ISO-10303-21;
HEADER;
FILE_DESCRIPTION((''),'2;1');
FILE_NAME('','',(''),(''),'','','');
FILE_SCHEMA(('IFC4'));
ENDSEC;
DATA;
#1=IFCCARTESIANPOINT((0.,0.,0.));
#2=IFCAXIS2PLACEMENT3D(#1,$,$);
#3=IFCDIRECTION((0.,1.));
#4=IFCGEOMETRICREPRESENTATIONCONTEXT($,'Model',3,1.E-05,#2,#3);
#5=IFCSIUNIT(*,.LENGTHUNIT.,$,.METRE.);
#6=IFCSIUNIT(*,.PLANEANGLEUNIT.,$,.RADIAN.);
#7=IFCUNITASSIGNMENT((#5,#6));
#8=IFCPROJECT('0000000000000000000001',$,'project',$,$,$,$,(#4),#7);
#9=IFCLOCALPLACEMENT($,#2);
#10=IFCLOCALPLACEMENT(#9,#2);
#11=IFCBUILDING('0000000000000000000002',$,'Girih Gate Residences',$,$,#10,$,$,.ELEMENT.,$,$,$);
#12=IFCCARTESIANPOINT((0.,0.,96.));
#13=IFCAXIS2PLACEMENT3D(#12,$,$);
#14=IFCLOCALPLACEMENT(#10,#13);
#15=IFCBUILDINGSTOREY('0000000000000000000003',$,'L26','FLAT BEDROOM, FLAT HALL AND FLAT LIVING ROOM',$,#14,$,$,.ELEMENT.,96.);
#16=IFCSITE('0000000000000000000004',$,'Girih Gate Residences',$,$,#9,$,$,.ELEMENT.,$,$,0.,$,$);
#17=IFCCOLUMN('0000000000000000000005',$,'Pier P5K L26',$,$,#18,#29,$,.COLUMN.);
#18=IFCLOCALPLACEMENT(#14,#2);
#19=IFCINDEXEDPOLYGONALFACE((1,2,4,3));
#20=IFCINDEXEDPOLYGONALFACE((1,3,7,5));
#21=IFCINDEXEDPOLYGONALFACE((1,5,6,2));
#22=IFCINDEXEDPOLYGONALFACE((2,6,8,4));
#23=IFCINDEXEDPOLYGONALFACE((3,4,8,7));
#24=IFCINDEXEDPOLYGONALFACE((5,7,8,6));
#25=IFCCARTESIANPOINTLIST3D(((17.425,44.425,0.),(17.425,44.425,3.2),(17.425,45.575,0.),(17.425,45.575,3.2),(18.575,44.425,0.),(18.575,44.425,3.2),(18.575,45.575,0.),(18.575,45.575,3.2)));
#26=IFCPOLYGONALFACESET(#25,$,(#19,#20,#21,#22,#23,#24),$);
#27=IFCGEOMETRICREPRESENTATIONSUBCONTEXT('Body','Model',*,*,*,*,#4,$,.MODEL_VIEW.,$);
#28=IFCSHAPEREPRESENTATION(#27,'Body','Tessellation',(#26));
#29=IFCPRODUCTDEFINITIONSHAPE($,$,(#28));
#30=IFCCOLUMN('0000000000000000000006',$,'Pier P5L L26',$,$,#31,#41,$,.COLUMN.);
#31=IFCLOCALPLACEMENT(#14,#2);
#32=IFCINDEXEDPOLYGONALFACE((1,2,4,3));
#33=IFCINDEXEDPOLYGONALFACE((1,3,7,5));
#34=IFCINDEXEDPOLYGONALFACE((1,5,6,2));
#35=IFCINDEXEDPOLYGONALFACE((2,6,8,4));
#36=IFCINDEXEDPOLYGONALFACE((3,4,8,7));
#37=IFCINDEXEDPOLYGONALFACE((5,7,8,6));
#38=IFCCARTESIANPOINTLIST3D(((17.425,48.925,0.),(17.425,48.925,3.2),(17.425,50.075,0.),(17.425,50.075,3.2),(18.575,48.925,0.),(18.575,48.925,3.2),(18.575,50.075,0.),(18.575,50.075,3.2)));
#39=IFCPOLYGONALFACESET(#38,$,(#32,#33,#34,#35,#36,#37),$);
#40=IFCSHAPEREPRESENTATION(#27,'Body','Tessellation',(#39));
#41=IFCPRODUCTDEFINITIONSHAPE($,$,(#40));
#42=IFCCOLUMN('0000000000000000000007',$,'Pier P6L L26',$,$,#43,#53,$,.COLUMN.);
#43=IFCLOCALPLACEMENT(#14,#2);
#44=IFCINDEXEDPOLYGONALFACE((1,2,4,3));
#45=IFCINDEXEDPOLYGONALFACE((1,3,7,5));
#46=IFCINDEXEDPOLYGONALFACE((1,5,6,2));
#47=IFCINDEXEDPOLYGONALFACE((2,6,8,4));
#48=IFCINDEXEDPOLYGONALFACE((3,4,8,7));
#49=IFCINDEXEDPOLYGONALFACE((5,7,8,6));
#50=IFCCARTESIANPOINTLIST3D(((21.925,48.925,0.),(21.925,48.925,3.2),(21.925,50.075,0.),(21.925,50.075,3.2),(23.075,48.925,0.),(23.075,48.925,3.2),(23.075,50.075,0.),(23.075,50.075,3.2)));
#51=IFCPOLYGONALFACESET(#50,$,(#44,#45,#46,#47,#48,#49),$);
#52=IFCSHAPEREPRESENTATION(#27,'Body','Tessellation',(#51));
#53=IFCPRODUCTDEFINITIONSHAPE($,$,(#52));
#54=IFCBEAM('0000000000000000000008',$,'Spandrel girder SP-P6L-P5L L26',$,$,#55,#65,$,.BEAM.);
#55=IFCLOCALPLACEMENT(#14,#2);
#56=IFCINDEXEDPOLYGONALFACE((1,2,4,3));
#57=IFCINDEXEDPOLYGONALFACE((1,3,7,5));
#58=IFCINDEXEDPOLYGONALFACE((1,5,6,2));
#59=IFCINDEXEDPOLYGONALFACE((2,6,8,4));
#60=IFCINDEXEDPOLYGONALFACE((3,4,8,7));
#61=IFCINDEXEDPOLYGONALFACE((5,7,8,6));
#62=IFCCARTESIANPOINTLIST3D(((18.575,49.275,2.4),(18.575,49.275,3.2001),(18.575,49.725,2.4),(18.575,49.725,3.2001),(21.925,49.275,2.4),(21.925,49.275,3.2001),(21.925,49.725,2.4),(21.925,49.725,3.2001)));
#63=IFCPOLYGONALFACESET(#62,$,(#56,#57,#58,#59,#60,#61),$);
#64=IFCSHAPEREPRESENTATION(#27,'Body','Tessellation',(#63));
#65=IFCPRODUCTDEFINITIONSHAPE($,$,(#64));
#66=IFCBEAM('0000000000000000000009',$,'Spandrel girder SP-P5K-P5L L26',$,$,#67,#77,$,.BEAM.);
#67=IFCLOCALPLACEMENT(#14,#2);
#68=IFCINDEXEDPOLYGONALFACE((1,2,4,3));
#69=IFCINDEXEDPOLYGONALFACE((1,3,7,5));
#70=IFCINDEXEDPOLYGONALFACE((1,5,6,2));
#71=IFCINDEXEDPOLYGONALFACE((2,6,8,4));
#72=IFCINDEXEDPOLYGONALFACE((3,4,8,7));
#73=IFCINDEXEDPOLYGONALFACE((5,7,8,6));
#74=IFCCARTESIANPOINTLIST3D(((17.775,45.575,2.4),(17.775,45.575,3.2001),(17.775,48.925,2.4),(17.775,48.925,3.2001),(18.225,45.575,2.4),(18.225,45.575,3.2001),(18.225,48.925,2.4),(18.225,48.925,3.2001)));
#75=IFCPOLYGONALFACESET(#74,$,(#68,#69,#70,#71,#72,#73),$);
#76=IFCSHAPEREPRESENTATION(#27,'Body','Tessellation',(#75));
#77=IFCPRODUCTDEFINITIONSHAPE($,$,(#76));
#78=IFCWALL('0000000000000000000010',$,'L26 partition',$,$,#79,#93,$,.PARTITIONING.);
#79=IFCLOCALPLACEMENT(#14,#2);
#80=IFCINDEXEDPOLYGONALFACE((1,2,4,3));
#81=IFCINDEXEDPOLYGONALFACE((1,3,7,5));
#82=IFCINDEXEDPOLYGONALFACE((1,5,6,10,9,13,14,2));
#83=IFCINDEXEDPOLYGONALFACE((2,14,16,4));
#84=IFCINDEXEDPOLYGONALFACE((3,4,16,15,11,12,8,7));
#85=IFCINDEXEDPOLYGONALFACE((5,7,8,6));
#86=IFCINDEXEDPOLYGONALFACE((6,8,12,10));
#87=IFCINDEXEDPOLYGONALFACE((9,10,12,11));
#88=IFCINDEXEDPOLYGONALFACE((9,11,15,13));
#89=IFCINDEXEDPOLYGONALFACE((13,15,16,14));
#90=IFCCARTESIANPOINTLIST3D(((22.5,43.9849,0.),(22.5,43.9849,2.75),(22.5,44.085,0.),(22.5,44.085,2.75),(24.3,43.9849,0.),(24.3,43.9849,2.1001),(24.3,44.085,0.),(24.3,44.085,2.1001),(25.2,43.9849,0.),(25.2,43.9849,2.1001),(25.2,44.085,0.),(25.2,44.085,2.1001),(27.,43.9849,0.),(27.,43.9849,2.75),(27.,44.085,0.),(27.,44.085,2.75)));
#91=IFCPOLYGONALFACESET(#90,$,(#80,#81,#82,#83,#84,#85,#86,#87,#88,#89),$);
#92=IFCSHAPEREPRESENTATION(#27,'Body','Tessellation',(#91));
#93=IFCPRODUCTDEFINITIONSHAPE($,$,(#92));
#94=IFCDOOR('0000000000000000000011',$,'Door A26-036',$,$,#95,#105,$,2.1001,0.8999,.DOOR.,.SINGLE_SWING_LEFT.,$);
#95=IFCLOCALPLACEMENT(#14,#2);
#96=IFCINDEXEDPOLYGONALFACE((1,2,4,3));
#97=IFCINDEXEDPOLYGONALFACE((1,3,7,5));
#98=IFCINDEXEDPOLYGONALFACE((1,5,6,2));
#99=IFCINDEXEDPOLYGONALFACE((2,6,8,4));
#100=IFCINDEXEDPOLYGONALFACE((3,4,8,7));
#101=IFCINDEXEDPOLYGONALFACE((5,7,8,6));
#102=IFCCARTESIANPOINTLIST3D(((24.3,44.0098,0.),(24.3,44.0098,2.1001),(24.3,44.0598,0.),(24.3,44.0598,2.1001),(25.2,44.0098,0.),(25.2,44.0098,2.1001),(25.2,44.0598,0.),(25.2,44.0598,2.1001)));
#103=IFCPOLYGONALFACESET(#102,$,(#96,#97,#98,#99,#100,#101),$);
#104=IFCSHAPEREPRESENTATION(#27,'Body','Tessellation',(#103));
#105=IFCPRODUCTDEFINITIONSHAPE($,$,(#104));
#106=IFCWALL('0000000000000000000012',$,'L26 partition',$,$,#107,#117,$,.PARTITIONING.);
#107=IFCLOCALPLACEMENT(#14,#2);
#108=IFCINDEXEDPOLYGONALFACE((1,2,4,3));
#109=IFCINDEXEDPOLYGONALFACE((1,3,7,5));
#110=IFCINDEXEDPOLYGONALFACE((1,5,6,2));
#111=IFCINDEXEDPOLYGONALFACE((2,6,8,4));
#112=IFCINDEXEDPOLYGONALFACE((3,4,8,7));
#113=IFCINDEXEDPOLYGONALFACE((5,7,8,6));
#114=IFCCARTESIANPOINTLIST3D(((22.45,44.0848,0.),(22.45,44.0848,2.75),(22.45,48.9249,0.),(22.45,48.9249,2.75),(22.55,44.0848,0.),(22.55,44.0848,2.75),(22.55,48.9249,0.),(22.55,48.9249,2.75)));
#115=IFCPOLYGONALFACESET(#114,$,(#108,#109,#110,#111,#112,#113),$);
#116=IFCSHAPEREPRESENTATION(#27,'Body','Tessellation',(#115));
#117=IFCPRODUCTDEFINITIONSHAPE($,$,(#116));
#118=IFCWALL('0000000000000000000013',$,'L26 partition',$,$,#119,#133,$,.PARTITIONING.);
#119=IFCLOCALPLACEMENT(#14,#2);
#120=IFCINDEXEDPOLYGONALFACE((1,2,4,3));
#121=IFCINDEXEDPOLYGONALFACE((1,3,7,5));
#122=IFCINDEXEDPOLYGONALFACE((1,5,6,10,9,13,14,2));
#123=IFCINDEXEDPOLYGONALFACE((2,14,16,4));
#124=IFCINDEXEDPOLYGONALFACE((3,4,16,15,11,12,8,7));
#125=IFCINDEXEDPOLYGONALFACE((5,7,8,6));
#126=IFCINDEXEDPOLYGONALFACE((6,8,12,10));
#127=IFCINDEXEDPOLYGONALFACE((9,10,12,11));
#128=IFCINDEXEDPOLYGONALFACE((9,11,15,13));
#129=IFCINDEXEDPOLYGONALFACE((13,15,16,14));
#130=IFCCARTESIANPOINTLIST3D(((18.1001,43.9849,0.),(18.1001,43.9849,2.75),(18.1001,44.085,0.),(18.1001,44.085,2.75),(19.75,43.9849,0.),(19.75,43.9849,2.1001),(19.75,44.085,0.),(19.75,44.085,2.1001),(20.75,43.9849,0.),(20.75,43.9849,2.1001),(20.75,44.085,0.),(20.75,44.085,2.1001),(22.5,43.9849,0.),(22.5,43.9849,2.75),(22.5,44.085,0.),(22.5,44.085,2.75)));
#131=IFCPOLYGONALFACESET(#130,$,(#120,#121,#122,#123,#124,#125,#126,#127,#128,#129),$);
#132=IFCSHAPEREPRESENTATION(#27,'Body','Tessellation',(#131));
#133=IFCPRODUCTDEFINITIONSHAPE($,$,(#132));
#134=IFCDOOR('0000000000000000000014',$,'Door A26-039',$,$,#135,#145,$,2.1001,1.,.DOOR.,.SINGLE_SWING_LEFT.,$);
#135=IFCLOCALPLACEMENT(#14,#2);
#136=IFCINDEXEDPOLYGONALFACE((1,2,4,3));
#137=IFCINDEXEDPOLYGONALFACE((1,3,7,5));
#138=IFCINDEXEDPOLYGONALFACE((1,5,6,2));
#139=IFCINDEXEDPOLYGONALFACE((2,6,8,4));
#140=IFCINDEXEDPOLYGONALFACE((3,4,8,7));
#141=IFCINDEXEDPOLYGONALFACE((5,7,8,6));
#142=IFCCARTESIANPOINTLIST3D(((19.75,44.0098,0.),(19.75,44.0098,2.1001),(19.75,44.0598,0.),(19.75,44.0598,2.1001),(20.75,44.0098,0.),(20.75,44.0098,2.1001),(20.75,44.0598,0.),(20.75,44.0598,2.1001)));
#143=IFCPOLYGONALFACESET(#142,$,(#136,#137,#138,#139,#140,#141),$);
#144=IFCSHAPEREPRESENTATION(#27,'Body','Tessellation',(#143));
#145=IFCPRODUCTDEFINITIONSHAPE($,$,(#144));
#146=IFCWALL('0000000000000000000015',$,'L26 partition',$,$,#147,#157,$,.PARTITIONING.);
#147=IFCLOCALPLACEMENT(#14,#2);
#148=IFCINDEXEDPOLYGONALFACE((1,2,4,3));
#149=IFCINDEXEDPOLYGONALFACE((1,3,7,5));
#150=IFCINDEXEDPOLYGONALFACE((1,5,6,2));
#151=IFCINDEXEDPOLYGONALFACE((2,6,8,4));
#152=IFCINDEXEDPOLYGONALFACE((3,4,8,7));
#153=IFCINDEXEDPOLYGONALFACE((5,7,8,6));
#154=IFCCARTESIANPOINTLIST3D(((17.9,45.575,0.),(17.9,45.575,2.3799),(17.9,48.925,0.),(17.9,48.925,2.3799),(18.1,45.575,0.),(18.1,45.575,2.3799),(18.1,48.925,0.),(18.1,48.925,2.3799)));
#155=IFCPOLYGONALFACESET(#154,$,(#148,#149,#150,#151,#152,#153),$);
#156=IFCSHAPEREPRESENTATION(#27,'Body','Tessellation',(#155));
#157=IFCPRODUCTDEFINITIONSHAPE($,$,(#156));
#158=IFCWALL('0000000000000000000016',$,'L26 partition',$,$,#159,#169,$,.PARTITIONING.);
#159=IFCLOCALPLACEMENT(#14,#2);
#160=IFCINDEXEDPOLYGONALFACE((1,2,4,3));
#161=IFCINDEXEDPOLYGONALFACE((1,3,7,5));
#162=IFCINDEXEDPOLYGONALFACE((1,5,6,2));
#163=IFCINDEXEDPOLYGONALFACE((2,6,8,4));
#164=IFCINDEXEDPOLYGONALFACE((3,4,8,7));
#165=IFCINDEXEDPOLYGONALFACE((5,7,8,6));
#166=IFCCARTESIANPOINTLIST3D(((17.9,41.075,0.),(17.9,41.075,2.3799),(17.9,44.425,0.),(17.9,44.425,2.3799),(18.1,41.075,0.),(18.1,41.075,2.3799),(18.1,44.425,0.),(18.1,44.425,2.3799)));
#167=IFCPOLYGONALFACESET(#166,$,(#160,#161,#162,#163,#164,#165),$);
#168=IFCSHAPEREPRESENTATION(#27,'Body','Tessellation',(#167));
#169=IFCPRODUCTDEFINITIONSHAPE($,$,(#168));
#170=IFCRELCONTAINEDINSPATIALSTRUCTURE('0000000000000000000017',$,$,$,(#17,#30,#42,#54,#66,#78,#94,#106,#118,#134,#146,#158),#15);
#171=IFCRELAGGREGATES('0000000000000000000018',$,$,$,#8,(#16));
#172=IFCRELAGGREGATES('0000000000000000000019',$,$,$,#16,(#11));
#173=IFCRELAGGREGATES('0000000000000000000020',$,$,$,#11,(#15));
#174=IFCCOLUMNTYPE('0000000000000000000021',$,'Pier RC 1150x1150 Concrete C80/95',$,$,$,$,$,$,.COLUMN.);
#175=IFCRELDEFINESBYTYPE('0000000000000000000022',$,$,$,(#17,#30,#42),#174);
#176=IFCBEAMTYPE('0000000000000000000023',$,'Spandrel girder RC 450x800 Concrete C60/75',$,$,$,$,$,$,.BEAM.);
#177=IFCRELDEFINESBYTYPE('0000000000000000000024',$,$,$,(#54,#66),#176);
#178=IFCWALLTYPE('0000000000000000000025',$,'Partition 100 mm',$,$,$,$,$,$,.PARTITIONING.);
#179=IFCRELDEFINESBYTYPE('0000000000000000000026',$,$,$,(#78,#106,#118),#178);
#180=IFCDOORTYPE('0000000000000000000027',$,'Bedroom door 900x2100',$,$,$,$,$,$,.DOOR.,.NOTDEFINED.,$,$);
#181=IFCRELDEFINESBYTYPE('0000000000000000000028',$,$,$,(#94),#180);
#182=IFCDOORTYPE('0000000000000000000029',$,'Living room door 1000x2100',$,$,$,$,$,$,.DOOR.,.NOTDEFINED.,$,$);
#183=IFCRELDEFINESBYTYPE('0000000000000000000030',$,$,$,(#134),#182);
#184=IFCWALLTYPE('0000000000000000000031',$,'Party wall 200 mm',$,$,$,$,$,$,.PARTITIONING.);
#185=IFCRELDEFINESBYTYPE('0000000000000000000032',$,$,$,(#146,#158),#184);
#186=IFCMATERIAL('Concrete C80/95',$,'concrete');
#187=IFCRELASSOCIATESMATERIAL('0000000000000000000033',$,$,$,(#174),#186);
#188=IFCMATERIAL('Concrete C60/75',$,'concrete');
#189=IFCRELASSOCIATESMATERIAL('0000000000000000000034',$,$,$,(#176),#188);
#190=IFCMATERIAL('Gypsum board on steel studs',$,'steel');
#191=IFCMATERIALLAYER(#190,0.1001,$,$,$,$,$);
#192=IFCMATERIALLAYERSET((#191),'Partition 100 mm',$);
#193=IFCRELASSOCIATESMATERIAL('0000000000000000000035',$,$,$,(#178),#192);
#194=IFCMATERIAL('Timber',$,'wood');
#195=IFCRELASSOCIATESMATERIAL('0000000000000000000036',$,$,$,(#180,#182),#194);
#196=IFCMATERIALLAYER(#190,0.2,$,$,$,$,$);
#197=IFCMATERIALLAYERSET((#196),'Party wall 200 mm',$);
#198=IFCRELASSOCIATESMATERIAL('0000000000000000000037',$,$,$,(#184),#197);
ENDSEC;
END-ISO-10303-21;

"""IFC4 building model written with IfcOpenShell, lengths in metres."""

from ifc_helpers import new_model, si_unit, direction, frame, frame_2d, origin, origin_2d, place, context, subcontext, project, spatial, rectangle, extrude, material, layer, layer_set, material_profile, profile_set, type_object, element, fill, save


model = new_model("IFC4")

# Units and contexts
model_context = context("Model", 3, precision=1e-05, world=origin(), true_north=direction((0.0, 1.0)))
body_context = subcontext(model_context, "Body", "Model", "MODEL_VIEW")
ifc_project = project(units=[si_unit("LENGTHUNIT", "METRE"), si_unit("PLANEANGLEUNIT", "RADIAN")], contexts=[model_context])

# Site, building, storey
site_placement = place(None, origin())
site = spatial("IfcSite", under=ifc_project, at=site_placement, Name="Girih Gate Residences", CompositionType="ELEMENT", RefElevation=0.0)
building_placement = place(site_placement, origin())
building = spatial("IfcBuilding", under=site, at=building_placement, Name="Girih Gate Residences", CompositionType="ELEMENT")
storey_placement = place(building_placement, frame((0.0, 0.0, 96.0)))
storey = spatial("IfcBuildingStorey", under=building, at=storey_placement, Name="L26", Description="FLAT BEDROOM, FLAT HALL AND FLAT LIVING ROOM", CompositionType="ELEMENT", Elevation=96.0)

# Columns
ifc_material_1 = material(Name="Concrete C80/95", Category="concrete")
ifc_material_profile_1 = material_profile(ifc_material_1, rectangle(XDim=1.1499, YDim=1.1499, at=origin_2d()))
ifc_profile_set_1 = profile_set([ifc_material_profile_1], Name="Concrete C80/95")
column_type = type_object("IfcColumnType", Name="Pier RC 1150x1150 Concrete C80/95", PredefinedType="COLUMN", material=ifc_profile_set_1)
for number, where, z_axis, x_axis, name in (
    (1, (18.0, 45.0, 0.0), (0.0, 0.0, 1.0), (1.0, 0.0, 0.0), "Pier P5K L26"),
    (2, (18.0, 49.5, 0.0), (0.0, 0.0, 1.0), (1.0, 0.0, 0.0), "Pier P5L L26"),
    (3, (22.5, 49.5, 0.0), (0.0, 0.0, 1.0), (1.0, 0.0, 0.0), "Pier P6L L26"),
):
    element("IfcColumn", number, at=place(storey_placement, frame(where, z_axis=z_axis, x_axis=x_axis)), inside=storey, type_object=column_type, Name=name, PredefinedType="COLUMN", context=body_context, shape_type="SweptSolid", body=[
        extrude(rectangle(XDim=1.1499, YDim=1.1499, at=origin_2d()), origin(), (0.0, 0.0, 1.0), 3.2),
    ])

# Beams
ifc_material_2 = material(Name="Concrete C60/75", Category="concrete")
ifc_material_profile_2 = material_profile(ifc_material_2, rectangle(XDim=0.45, YDim=0.8, at=origin_2d()))
ifc_profile_set_2 = profile_set([ifc_material_profile_2], Name="Concrete C60/75")
beam_type = type_object("IfcBeamType", Name="Spandrel girder RC 450x800 Concrete C60/75", PredefinedType="BEAM", material=ifc_profile_set_2)
for number, where, z_axis, x_axis, name in (
    (4, (21.925, 49.5, 2.8), (-1.0, 0.0, 0.0), (0.0, -1.0, 0.0), "Spandrel girder SP-P6L-P5L L26"),
    (5, (18.0, 45.575, 2.8), (0.0, 1.0, 0.0), (-1.0, 0.0, 0.0), "Spandrel girder SP-P5K-P5L L26"),
):
    element("IfcBeam", number, at=place(storey_placement, frame(where, z_axis=z_axis, x_axis=x_axis)), inside=storey, type_object=beam_type, Name=name, PredefinedType="BEAM", context=body_context, shape_type="SweptSolid", body=[
        extrude(rectangle(XDim=0.45, YDim=0.8, at=origin_2d()), origin(), (0.0, 0.0, 1.0), 3.3501),
    ])

# Wall, opening, door
ifc_material_3 = material(Name="Gypsum board on steel studs", Category="steel")
ifc_layer_1 = layer(ifc_material_3, 0.1001)
ifc_layer_set_1 = layer_set([ifc_layer_1], Name="Partition 100 mm")
wall_type_1 = type_object("IfcWallType", Name="Partition 100 mm", PredefinedType="PARTITIONING", material=ifc_layer_set_1)
wall_1_placement = place(storey_placement, frame((22.5, 44.0349, 0.0), z_axis=(0.0, 0.0, 1.0), x_axis=(1.0, 0.0, 0.0)))
wall_1 = element("IfcWall", 6, at=wall_1_placement, inside=storey, type_object=wall_type_1, Name="L26 partition", PredefinedType="PARTITIONING", context=body_context, shape_type="SweptSolid", body=[
    extrude(rectangle(XDim=4.5, YDim=0.1001, at=frame_2d((2.25, 0.0))), origin(), (0.0, 0.0, 1.0), 2.75),
])
opening_1_placement = place(wall_1_placement, frame((1.8, 0.0, 0.0)))
opening_1 = element("IfcOpeningElement", 7, at=opening_1_placement, cuts=wall_1, PredefinedType="OPENING", context=body_context, shape_type="SweptSolid", body=[
    extrude(rectangle(XDim=0.8999, YDim=2.1001, at=frame_2d((0.45, 1.05))), frame((0.0, 0.0601, 0.0), z_axis=(0.0, -1.0, 0.0), x_axis=(1.0, 0.0, 0.0)), (0.0, 0.0, 1.0), 0.1201),
])
ifc_material_4 = material(Name="Timber", Category="wood")
door_type_1 = type_object("IfcDoorType", Name="Bedroom door 900x2100", OperationType="NOTDEFINED", PredefinedType="DOOR", material=ifc_material_4)
door_1_placement = place(opening_1_placement, origin())
door_1 = element("IfcDoor", 8, at=door_1_placement, inside=storey, type_object=door_type_1, Name="Door A26-036", OperationType="SINGLE_SWING_LEFT", OverallHeight=2.1001, OverallWidth=0.8999, PredefinedType="DOOR", context=body_context, shape_type="SweptSolid", body=[
    extrude(rectangle(XDim=0.8999, YDim=2.1001, at=frame_2d((0.45, 1.05))), frame((0.0, 0.0249, 0.0), z_axis=(0.0, -1.0, 0.0), x_axis=(1.0, 0.0, 0.0)), (0.0, 0.0, 1.0), 0.05),
])
fill(opening_1, door_1)

# Wall
wall_2_placement = place(storey_placement, frame((22.5, 44.085, 0.0), z_axis=(0.0, 0.0, 1.0), x_axis=(0.0, 1.0, 0.0)))
element("IfcWall", 9, at=wall_2_placement, inside=storey, type_object=wall_type_1, Name="L26 partition", PredefinedType="PARTITIONING", context=body_context, shape_type="SweptSolid", body=[
    extrude(rectangle(XDim=4.8401, YDim=0.1001, at=frame_2d((2.4199, 0.0))), origin(), (0.0, 0.0, 1.0), 2.75),
])

# Wall, opening, door
wall_3_placement = place(storey_placement, frame((18.1001, 44.0349, 0.0), z_axis=(0.0, 0.0, 1.0), x_axis=(1.0, 0.0, 0.0)))
wall_3 = element("IfcWall", 10, at=wall_3_placement, inside=storey, type_object=wall_type_1, Name="L26 partition", PredefinedType="PARTITIONING", context=body_context, shape_type="SweptSolid", body=[
    extrude(rectangle(XDim=4.3999, YDim=0.1001, at=frame_2d((2.2, 0.0))), origin(), (0.0, 0.0, 1.0), 2.75),
])
opening_2_placement = place(wall_3_placement, frame((1.6499, 0.0, 0.0)))
opening_2 = element("IfcOpeningElement", 11, at=opening_2_placement, cuts=wall_3, PredefinedType="OPENING", context=body_context, shape_type="SweptSolid", body=[
    extrude(rectangle(XDim=1.0, YDim=2.1001, at=frame_2d((0.5, 1.05))), frame((0.0, 0.0601, 0.0), z_axis=(0.0, -1.0, 0.0), x_axis=(1.0, 0.0, 0.0)), (0.0, 0.0, 1.0), 0.1201),
])
door_type_2 = type_object("IfcDoorType", Name="Living room door 1000x2100", OperationType="NOTDEFINED", PredefinedType="DOOR", material=ifc_material_4)
door_2_placement = place(opening_2_placement, origin())
door_2 = element("IfcDoor", 12, at=door_2_placement, inside=storey, type_object=door_type_2, Name="Door A26-039", OperationType="SINGLE_SWING_LEFT", OverallHeight=2.1001, OverallWidth=1.0, PredefinedType="DOOR", context=body_context, shape_type="SweptSolid", body=[
    extrude(rectangle(XDim=1.0, YDim=2.1001, at=frame_2d((0.5, 1.05))), frame((0.0, 0.0249, 0.0), z_axis=(0.0, -1.0, 0.0), x_axis=(1.0, 0.0, 0.0)), (0.0, 0.0, 1.0), 0.05),
])
fill(opening_2, door_2)

# Walls
ifc_layer_2 = layer(ifc_material_3, 0.2)
ifc_layer_set_2 = layer_set([ifc_layer_2], Name="Party wall 200 mm")
wall_type_2 = type_object("IfcWallType", Name="Party wall 200 mm", PredefinedType="PARTITIONING", material=ifc_layer_set_2)
for number, where, z_axis, x_axis, name in (
    (13, (18.0, 45.575, 0.0), (0.0, 0.0, 1.0), (0.0, 1.0, 0.0), "L26 partition"),
    (14, (18.0, 41.075, 0.0), (0.0, 0.0, 1.0), (0.0, 1.0, 0.0), "L26 partition"),
):
    element("IfcWall", number, at=place(storey_placement, frame(where, z_axis=z_axis, x_axis=x_axis)), inside=storey, type_object=wall_type_2, Name=name, PredefinedType="PARTITIONING", context=body_context, shape_type="SweptSolid", body=[
        extrude(rectangle(XDim=3.3501, YDim=0.2, at=frame_2d((1.675, 0.0))), origin(), (0.0, 0.0, 1.0), 2.3799),
    ])

save(model, "model.ifc")
